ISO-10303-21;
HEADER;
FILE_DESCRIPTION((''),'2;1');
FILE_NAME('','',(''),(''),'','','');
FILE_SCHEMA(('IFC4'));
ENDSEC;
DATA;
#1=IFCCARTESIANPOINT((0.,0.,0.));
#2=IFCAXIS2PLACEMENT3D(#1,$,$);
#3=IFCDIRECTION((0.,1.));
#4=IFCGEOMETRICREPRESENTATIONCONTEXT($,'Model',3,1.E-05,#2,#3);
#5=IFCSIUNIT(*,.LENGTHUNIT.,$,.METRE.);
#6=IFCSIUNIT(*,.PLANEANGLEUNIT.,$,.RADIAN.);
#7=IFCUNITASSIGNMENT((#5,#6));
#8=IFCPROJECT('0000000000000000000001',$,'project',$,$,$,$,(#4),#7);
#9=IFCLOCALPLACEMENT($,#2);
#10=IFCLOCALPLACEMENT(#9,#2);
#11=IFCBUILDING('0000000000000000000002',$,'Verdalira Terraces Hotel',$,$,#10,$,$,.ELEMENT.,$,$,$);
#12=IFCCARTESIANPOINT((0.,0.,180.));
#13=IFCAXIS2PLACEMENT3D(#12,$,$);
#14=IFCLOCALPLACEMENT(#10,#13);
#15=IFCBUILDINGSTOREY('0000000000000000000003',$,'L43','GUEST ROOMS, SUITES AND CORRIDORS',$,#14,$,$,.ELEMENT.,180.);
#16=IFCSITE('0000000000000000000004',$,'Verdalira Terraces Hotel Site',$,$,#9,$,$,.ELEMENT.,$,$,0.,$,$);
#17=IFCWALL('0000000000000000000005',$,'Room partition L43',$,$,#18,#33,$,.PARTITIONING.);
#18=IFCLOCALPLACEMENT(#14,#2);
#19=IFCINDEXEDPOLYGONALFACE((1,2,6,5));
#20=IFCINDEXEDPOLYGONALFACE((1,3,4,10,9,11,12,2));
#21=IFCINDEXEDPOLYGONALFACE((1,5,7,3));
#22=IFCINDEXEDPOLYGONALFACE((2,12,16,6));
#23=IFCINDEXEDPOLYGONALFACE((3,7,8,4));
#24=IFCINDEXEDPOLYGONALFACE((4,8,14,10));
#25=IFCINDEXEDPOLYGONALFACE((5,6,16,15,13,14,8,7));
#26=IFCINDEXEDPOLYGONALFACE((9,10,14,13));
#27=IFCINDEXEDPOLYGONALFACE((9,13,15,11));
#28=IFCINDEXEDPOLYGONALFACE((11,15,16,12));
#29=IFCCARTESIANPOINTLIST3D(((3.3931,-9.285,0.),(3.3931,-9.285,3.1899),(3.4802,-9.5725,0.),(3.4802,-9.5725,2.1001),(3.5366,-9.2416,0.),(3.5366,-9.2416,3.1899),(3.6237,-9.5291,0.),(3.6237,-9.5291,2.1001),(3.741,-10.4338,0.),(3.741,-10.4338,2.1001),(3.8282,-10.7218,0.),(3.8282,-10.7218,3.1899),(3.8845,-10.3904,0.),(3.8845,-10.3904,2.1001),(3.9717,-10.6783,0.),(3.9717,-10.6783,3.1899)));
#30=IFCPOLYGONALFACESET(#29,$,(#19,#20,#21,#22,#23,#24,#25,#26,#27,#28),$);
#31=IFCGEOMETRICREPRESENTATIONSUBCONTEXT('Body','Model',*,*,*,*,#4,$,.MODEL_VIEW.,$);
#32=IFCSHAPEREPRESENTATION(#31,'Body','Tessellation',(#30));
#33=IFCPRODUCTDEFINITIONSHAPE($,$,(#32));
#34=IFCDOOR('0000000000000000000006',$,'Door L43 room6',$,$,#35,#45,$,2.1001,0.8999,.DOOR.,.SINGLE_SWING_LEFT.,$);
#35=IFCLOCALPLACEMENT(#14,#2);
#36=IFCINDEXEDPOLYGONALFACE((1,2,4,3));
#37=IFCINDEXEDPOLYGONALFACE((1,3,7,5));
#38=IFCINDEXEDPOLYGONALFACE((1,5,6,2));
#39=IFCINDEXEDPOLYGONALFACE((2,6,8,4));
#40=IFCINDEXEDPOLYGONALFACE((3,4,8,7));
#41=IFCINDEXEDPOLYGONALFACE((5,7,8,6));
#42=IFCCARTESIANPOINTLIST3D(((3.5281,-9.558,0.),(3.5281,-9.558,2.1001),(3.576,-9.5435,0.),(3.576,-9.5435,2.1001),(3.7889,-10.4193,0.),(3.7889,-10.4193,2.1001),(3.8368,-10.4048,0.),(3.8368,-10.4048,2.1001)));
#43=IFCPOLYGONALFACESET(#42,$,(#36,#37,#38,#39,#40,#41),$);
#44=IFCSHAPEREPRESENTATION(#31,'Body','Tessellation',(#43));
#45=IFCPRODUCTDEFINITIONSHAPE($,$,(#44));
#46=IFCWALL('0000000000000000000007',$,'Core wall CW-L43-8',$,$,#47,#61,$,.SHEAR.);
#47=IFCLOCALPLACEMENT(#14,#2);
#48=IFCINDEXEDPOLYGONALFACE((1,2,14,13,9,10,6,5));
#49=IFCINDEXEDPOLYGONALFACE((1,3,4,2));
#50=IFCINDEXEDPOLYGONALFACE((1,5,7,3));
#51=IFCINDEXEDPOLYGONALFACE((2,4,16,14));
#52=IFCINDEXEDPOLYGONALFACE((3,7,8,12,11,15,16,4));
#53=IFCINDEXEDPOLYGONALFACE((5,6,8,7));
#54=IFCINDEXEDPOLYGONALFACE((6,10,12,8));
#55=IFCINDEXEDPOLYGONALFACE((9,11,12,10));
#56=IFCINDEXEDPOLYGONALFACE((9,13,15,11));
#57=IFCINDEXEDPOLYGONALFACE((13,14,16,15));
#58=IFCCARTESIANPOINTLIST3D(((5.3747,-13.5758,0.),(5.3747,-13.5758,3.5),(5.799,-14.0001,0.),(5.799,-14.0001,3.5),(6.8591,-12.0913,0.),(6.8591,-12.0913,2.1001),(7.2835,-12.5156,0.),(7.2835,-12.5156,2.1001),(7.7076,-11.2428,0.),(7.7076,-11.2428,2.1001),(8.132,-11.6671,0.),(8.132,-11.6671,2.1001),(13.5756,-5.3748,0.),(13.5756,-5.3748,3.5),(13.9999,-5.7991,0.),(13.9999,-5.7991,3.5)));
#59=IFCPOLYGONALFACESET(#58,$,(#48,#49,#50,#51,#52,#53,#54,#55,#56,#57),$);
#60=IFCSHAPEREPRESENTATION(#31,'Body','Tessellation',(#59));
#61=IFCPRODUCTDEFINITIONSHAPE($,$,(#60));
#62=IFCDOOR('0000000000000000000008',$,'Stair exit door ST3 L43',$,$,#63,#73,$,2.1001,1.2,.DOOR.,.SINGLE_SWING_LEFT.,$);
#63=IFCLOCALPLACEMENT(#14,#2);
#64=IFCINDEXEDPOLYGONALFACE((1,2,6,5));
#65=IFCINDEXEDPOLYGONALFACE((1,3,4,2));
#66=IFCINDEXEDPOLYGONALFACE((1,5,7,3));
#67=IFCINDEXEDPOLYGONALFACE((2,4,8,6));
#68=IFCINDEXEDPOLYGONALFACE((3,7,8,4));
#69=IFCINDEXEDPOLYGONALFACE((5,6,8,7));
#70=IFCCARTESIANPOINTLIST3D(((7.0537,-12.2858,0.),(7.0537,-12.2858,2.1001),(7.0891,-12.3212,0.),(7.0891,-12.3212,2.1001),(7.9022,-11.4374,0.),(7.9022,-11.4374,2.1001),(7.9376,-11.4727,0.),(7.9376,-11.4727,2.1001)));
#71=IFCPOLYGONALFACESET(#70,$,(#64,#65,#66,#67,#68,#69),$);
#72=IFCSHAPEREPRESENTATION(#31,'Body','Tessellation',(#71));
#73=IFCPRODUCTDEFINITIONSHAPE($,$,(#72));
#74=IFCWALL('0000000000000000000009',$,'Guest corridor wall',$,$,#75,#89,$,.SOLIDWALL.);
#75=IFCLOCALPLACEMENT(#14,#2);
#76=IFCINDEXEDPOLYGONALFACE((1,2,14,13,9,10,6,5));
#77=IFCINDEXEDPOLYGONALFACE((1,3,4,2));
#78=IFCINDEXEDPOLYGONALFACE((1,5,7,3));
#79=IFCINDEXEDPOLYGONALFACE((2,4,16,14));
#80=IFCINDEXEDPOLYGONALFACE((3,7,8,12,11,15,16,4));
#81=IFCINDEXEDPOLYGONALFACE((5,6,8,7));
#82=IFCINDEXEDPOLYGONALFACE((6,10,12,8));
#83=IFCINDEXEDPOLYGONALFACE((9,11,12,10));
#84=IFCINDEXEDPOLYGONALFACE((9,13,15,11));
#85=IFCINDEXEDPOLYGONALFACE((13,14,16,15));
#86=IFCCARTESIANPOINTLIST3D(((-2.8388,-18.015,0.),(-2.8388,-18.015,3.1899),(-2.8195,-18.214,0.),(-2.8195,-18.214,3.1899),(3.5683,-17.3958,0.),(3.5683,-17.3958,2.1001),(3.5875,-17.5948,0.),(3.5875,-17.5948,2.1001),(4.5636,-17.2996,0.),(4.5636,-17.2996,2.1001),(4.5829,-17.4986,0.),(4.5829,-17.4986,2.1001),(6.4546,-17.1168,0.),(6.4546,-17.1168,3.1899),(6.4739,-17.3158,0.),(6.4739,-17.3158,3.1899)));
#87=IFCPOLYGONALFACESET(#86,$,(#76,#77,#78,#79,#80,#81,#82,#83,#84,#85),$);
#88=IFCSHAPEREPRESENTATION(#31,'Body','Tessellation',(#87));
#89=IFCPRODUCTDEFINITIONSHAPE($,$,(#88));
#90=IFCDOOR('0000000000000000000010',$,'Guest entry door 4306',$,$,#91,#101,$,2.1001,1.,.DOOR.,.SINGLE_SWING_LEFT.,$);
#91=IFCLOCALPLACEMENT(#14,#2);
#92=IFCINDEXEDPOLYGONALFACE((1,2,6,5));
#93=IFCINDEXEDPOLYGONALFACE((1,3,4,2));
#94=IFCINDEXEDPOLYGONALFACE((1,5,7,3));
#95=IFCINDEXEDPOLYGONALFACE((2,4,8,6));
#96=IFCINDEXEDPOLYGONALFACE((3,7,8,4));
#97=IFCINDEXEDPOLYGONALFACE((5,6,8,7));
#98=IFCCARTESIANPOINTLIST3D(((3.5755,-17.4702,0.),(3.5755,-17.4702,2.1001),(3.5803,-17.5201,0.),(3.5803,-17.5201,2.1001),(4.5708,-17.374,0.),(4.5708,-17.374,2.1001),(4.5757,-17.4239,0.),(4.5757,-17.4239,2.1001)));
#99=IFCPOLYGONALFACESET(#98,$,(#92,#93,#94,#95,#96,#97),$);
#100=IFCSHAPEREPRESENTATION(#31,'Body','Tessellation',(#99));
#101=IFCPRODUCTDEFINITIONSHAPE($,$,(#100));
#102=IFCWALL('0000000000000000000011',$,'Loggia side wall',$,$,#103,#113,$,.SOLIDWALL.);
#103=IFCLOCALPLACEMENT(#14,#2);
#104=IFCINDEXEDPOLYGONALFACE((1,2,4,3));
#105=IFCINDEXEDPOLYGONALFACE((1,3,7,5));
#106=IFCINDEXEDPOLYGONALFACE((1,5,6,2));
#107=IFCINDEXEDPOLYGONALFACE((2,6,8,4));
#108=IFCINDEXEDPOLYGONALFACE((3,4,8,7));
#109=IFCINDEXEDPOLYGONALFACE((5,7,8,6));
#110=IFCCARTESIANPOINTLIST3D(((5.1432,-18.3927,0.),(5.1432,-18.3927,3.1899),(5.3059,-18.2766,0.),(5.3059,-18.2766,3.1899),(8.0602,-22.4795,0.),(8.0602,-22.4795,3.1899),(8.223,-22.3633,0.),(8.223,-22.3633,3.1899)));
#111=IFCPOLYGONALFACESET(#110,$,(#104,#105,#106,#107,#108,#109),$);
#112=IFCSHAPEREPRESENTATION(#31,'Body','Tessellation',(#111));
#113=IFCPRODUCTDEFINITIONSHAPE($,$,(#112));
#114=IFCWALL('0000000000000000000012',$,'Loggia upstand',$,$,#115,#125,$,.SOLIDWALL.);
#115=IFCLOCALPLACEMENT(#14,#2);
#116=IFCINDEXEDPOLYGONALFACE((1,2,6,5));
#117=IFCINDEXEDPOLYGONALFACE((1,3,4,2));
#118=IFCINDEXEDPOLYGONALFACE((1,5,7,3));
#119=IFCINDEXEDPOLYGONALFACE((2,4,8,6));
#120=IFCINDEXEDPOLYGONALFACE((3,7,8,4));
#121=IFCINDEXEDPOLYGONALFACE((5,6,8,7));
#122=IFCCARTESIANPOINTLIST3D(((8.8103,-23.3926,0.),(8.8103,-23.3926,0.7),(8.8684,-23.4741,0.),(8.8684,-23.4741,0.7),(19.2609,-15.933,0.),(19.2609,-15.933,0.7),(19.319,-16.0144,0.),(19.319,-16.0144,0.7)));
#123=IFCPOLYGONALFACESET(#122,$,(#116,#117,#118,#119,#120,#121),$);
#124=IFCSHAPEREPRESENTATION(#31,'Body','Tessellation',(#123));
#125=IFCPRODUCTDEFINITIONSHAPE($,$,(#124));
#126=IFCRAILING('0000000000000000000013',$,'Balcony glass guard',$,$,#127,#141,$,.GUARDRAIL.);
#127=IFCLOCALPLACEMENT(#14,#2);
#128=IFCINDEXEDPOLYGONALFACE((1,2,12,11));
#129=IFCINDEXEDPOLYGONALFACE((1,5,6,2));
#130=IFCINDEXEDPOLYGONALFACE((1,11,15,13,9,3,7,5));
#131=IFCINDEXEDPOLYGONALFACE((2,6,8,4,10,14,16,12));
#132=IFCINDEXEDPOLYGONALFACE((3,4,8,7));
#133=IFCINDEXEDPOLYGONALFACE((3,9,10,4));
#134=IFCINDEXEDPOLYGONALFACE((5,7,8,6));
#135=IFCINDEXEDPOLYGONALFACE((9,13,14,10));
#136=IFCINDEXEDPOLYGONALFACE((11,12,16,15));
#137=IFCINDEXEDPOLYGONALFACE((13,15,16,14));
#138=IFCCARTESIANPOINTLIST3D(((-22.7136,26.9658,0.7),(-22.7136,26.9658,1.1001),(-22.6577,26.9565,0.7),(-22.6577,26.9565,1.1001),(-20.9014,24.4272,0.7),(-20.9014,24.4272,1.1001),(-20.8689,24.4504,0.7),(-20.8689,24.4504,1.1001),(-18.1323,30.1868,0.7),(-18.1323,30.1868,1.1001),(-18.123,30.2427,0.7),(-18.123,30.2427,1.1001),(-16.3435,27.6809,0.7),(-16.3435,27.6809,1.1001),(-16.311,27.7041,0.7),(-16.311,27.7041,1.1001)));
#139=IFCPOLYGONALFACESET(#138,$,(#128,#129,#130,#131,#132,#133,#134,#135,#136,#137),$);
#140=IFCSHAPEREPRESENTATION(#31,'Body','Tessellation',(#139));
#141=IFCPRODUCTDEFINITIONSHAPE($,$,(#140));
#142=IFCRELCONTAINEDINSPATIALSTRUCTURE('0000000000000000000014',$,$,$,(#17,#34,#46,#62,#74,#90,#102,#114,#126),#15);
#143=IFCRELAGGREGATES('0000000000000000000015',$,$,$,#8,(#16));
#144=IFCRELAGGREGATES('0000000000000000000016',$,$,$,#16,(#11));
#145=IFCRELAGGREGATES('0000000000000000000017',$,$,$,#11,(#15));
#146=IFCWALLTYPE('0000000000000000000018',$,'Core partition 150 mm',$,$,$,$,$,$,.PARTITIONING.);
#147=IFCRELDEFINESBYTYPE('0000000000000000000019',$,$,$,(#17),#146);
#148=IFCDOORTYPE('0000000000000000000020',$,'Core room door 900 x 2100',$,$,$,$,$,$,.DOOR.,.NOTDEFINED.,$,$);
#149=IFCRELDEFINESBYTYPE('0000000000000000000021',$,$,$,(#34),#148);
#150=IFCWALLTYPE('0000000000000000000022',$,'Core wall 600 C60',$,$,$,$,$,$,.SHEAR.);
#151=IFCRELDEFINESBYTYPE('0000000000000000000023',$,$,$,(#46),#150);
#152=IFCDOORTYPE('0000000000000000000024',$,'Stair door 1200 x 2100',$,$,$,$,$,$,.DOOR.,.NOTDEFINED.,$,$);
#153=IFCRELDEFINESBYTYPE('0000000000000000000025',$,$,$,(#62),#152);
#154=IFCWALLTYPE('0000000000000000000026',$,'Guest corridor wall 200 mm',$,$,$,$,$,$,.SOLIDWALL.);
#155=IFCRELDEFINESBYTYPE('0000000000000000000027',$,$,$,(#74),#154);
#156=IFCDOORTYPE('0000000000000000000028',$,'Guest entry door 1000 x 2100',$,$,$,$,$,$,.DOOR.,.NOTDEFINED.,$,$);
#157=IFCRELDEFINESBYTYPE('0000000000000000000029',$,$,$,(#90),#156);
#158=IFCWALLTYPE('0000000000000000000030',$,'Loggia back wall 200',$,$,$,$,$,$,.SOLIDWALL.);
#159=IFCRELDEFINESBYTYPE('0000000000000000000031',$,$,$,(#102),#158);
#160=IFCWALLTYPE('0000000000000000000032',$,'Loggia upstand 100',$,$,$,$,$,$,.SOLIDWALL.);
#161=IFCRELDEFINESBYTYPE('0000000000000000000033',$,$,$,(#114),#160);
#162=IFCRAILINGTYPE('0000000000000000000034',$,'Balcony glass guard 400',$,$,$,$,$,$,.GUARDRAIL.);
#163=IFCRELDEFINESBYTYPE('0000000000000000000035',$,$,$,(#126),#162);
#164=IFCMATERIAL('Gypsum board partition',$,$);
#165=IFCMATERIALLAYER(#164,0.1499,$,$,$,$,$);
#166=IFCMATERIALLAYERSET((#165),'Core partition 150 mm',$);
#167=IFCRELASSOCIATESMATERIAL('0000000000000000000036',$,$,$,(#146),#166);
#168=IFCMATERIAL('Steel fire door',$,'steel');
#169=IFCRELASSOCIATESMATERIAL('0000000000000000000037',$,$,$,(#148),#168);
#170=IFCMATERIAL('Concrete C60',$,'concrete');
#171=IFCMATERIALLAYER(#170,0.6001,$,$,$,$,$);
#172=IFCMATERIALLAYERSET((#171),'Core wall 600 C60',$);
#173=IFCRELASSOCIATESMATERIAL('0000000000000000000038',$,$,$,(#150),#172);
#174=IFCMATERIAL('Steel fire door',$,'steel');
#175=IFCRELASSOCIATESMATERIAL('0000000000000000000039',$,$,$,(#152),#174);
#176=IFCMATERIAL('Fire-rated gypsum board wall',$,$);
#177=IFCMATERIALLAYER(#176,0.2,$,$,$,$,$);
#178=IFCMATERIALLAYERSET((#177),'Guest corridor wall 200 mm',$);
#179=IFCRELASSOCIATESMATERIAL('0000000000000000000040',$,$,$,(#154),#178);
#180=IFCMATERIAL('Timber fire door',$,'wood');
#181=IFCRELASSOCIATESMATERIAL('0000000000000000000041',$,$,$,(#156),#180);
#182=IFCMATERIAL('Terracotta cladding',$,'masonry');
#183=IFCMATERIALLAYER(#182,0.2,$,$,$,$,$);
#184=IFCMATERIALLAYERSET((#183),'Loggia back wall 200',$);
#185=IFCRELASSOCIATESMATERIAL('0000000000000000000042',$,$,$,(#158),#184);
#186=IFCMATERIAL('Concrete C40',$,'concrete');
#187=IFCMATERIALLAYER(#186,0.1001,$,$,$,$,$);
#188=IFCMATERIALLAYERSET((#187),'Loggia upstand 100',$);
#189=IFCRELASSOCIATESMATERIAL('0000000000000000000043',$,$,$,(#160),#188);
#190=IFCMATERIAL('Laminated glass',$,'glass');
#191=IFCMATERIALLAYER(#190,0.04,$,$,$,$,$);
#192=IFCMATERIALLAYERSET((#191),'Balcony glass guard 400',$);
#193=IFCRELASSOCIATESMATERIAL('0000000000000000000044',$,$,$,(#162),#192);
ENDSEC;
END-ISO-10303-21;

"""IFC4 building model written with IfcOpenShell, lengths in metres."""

from ifc_helpers import new_model, si_unit, direction, frame, frame_2d, origin, place, context, subcontext, project, spatial, polyline, rectangle, outline, extrude, material, layer, layer_set, type_object, element, fill, save


model = new_model("IFC4")

# Units and contexts
model_context = context("Model", 3, precision=1e-05, world=origin(), true_north=direction((0.0, 1.0)))
body_context = subcontext(model_context, "Body", "Model", "MODEL_VIEW")
ifc_project = project(units=[si_unit("LENGTHUNIT", "METRE"), si_unit("PLANEANGLEUNIT", "RADIAN")], contexts=[model_context])

# Site, building, storey
site_placement = place(None, origin())
site = spatial("IfcSite", under=ifc_project, at=site_placement, Name="Verdalira Terraces Hotel Site", CompositionType="ELEMENT", RefElevation=0.0)
building_placement = place(site_placement, origin())
building = spatial("IfcBuilding", under=site, at=building_placement, Name="Verdalira Terraces Hotel", CompositionType="ELEMENT")
storey_placement = place(building_placement, frame((0.0, 0.0, 180.0)))
storey = spatial("IfcBuildingStorey", under=building, at=storey_placement, Name="L43", Description="GUEST ROOMS, SUITES AND CORRIDORS", CompositionType="ELEMENT", Elevation=180.0)

# Walls, openings, doors
ifc_material_1 = material(Name="Gypsum board partition")
ifc_layer_1 = layer(ifc_material_1, 0.1499)
ifc_layer_set_1 = layer_set([ifc_layer_1], Name="Core partition 150 mm")
wall_type_1 = type_object("IfcWallType", Name="Core partition 150 mm", PredefinedType="PARTITIONING", material=ifc_layer_set_1)
wall_1_placement = place(storey_placement, frame((3.8999, -10.7, 0.0), z_axis=(0.0, 0.0, 1.0), x_axis=(-0.289809, 0.957085, 0.0)))
wall_1 = element("IfcWall", 1, at=wall_1_placement, inside=storey, type_object=wall_type_1, Name="Room partition L43", PredefinedType="PARTITIONING", context=body_context, shape_type="SweptSolid", body=[
    extrude(rectangle(XDim=1.5012, YDim=0.1499, at=frame_2d((0.7505, 0.0))), origin(), (0.0, 0.0, 1.0), 3.1899),
])
opening_1_placement = place(wall_1_placement, frame((0.3008, 0.0, 0.0)))
opening_1 = element("IfcOpeningElement", 2, at=opening_1_placement, cuts=wall_1, PredefinedType="OPENING", context=body_context, shape_type="SweptSolid", body=[
    extrude(rectangle(XDim=0.8999, YDim=2.1001, at=frame_2d((0.45, 1.05))), frame((0.0, 0.085, 0.0), z_axis=(0.0, -1.0, 0.0), x_axis=(1.0, 0.0, 0.0)), (0.0, 0.0, 1.0), 0.1699),
])
ifc_material_2 = material(Name="Steel fire door", Category="steel")
door_type_1 = type_object("IfcDoorType", Name="Core room door 900 x 2100", OperationType="NOTDEFINED", PredefinedType="DOOR", material=ifc_material_2)
door_1_placement = place(opening_1_placement, origin())
door_1 = element("IfcDoor", 3, at=door_1_placement, inside=storey, type_object=door_type_1, Name="Door L43 room6", OperationType="SINGLE_SWING_LEFT", OverallHeight=2.1001, OverallWidth=0.8999, PredefinedType="DOOR", context=body_context, shape_type="SweptSolid", body=[
    extrude(rectangle(XDim=0.8999, YDim=2.1001, at=frame_2d((0.45, 1.05))), frame((0.0, 0.0249, 0.0), z_axis=(0.0, -1.0, 0.0), x_axis=(1.0, 0.0, 0.0)), (0.0, 0.0, 1.0), 0.05),
])
fill(opening_1, door_1)
ifc_material_3 = material(Name="Concrete C60", Category="concrete")
ifc_layer_2 = layer(ifc_material_3, 0.6001)
ifc_layer_set_2 = layer_set([ifc_layer_2], Name="Core wall 600 C60")
wall_type_2 = type_object("IfcWallType", Name="Core wall 600 C60", PredefinedType="SHEAR", material=ifc_layer_set_2)
wall_2_placement = place(storey_placement, frame((5.5869, -13.7878, 0.0), z_axis=(0.0, 0.0, 1.0), x_axis=(0.707107, 0.707107, 0.0)))
wall_2 = element("IfcWall", 4, at=wall_2_placement, inside=storey, type_object=wall_type_2, Name="Core wall CW-L43-8", PredefinedType="SHEAR", context=body_context, shape_type="SweptSolid", body=[
    extrude(rectangle(XDim=11.5979, YDim=0.6001, at=frame_2d((5.7988, 0.0))), origin(), (0.0, 0.0, 1.0), 3.5),
])
opening_2_placement = place(wall_2_placement, frame((2.0991, 0.0, 0.0)))
opening_2 = element("IfcOpeningElement", 5, at=opening_2_placement, cuts=wall_2, PredefinedType="OPENING", context=body_context, shape_type="SweptSolid", body=[
    extrude(rectangle(XDim=1.2, YDim=2.1001, at=frame_2d((0.6001, 1.05))), frame((0.0, 0.3101, 0.0), z_axis=(0.0, -1.0, 0.0), x_axis=(1.0, 0.0, 0.0)), (0.0, 0.0, 1.0), 0.6201),
])
ifc_material_4 = material(Name="Steel fire door", Category="steel")
door_type_2 = type_object("IfcDoorType", Name="Stair door 1200 x 2100", OperationType="NOTDEFINED", PredefinedType="DOOR", material=ifc_material_4)
door_2_placement = place(opening_2_placement, origin())
door_2 = element("IfcDoor", 6, at=door_2_placement, inside=storey, type_object=door_type_2, Name="Stair exit door ST3 L43", OperationType="SINGLE_SWING_LEFT", OverallHeight=2.1001, OverallWidth=1.2, PredefinedType="DOOR", context=body_context, shape_type="SweptSolid", body=[
    extrude(rectangle(XDim=1.2, YDim=2.1001, at=frame_2d((0.6001, 1.05))), frame((0.0, 0.0249, 0.0), z_axis=(0.0, -1.0, 0.0), x_axis=(1.0, 0.0, 0.0)), (0.0, 0.0, 1.0), 0.05),
])
fill(opening_2, door_2)
ifc_material_5 = material(Name="Fire-rated gypsum board wall")
ifc_layer_3 = layer(ifc_material_5, 0.2)
ifc_layer_set_3 = layer_set([ifc_layer_3], Name="Guest corridor wall 200 mm")
wall_type_3 = type_object("IfcWallType", Name="Guest corridor wall 200 mm", PredefinedType="SOLIDWALL", material=ifc_layer_set_3)
wall_3_placement = place(storey_placement, frame((6.4644, -17.2163, 0.0), z_axis=(0.0, 0.0, 1.0), x_axis=(-0.995362, -0.0962, 0.0)))
wall_3 = element("IfcWall", 7, at=wall_3_placement, inside=storey, type_object=wall_type_3, Name="Guest corridor wall", PredefinedType="SOLIDWALL", context=body_context, shape_type="SweptSolid", body=[
    extrude(rectangle(XDim=9.3367, YDim=0.2, at=frame_2d((4.6685, 0.0))), origin(), (0.0, 0.0, 1.0), 3.1899),
])
opening_3_placement = place(wall_3_placement, frame((1.8999, 0.0, 0.0)))
opening_3 = element("IfcOpeningElement", 8, at=opening_3_placement, cuts=wall_3, PredefinedType="OPENING", context=body_context, shape_type="SweptSolid", body=[
    extrude(rectangle(XDim=1.0, YDim=2.1001, at=frame_2d((0.5, 1.05))), frame((0.0, 0.1099, 0.0), z_axis=(0.0, -1.0, 0.0), x_axis=(1.0, 0.0, 0.0)), (0.0, 0.0, 1.0), 0.22),
])
ifc_material_6 = material(Name="Timber fire door", Category="wood")
door_type_3 = type_object("IfcDoorType", Name="Guest entry door 1000 x 2100", OperationType="NOTDEFINED", PredefinedType="DOOR", material=ifc_material_6)
door_3_placement = place(opening_3_placement, origin())
door_3 = element("IfcDoor", 9, at=door_3_placement, inside=storey, type_object=door_type_3, Name="Guest entry door 4306", OperationType="SINGLE_SWING_LEFT", OverallHeight=2.1001, OverallWidth=1.0, PredefinedType="DOOR", context=body_context, shape_type="SweptSolid", body=[
    extrude(rectangle(XDim=1.0, YDim=2.1001, at=frame_2d((0.5, 1.05))), frame((0.0, 0.0249, 0.0), z_axis=(0.0, -1.0, 0.0), x_axis=(1.0, 0.0, 0.0)), (0.0, 0.0, 1.0), 0.05),
])
fill(opening_3, door_3)

# Walls
ifc_material_7 = material(Name="Terracotta cladding", Category="masonry")
ifc_layer_4 = layer(ifc_material_7, 0.2)
ifc_layer_set_4 = layer_set([ifc_layer_4], Name="Loggia back wall 200")
wall_type_4 = type_object("IfcWallType", Name="Loggia back wall 200", PredefinedType="SOLIDWALL", material=ifc_layer_set_4)
wall_4_placement = place(storey_placement, frame((8.1416, -22.4214, 0.0), z_axis=(0.0, 0.0, 1.0), x_axis=(-0.580967, 0.813927, 0.0)))
element("IfcWall", 10, at=wall_4_placement, inside=storey, type_object=wall_type_4, Name="Loggia side wall", PredefinedType="SOLIDWALL", context=body_context, shape_type="SweptSolid", body=[
    extrude(rectangle(XDim=5.021, YDim=0.2, at=frame_2d((2.5105, 0.0))), origin(), (0.0, 0.0, 1.0), 3.1899),
])
ifc_material_8 = material(Name="Concrete C40", Category="concrete")
ifc_layer_5 = layer(ifc_material_8, 0.1001)
ifc_layer_set_5 = layer_set([ifc_layer_5], Name="Loggia upstand 100")
wall_type_5 = type_object("IfcWallType", Name="Loggia upstand 100", PredefinedType="SOLIDWALL", material=ifc_layer_set_5)
wall_5_placement = place(storey_placement, frame((8.8394, -23.4334, 0.0), z_axis=(0.0, 0.0, 1.0), x_axis=(0.81392, 0.580977, 0.0)))
element("IfcWall", 11, at=wall_5_placement, inside=storey, type_object=wall_type_5, Name="Loggia upstand", PredefinedType="SOLIDWALL", context=body_context, shape_type="SweptSolid", body=[
    extrude(rectangle(XDim=12.8398, YDim=0.1001, at=frame_2d((6.4199, 0.0))), origin(), (0.0, 0.0, 1.0), 0.7),
])

# Railing
ifc_material_9 = material(Name="Laminated glass", Category="glass")
ifc_layer_6 = layer(ifc_material_9, 0.04)
ifc_layer_set_6 = layer_set([ifc_layer_6], Name="Balcony glass guard 400")
railing_type_1 = type_object("IfcRailingType", Name="Balcony glass guard 400", PredefinedType="GUARDRAIL", material=ifc_layer_set_6)
railing_1_placement = place(storey_placement, frame((0.0, 0.0, 0.7)))
element("IfcRailing", 12, at=railing_1_placement, inside=storey, type_object=railing_type_1, Name="Balcony glass guard", PredefinedType="GUARDRAIL", context=body_context, shape_type="SweptSolid", body=[
    extrude(outline(polyline([(-18.1323, 30.1868), (-22.6577, 26.9565), (-20.8689, 24.4504), (-20.9014, 24.4272), (-22.7136, 26.9658), (-18.123, 30.2427), (-16.311, 27.7041), (-16.3435, 27.6809), (-18.1323, 30.1868)])), origin(), (0.0, 0.0, 1.0), 0.4001),
])

save(model, "model.ifc")
